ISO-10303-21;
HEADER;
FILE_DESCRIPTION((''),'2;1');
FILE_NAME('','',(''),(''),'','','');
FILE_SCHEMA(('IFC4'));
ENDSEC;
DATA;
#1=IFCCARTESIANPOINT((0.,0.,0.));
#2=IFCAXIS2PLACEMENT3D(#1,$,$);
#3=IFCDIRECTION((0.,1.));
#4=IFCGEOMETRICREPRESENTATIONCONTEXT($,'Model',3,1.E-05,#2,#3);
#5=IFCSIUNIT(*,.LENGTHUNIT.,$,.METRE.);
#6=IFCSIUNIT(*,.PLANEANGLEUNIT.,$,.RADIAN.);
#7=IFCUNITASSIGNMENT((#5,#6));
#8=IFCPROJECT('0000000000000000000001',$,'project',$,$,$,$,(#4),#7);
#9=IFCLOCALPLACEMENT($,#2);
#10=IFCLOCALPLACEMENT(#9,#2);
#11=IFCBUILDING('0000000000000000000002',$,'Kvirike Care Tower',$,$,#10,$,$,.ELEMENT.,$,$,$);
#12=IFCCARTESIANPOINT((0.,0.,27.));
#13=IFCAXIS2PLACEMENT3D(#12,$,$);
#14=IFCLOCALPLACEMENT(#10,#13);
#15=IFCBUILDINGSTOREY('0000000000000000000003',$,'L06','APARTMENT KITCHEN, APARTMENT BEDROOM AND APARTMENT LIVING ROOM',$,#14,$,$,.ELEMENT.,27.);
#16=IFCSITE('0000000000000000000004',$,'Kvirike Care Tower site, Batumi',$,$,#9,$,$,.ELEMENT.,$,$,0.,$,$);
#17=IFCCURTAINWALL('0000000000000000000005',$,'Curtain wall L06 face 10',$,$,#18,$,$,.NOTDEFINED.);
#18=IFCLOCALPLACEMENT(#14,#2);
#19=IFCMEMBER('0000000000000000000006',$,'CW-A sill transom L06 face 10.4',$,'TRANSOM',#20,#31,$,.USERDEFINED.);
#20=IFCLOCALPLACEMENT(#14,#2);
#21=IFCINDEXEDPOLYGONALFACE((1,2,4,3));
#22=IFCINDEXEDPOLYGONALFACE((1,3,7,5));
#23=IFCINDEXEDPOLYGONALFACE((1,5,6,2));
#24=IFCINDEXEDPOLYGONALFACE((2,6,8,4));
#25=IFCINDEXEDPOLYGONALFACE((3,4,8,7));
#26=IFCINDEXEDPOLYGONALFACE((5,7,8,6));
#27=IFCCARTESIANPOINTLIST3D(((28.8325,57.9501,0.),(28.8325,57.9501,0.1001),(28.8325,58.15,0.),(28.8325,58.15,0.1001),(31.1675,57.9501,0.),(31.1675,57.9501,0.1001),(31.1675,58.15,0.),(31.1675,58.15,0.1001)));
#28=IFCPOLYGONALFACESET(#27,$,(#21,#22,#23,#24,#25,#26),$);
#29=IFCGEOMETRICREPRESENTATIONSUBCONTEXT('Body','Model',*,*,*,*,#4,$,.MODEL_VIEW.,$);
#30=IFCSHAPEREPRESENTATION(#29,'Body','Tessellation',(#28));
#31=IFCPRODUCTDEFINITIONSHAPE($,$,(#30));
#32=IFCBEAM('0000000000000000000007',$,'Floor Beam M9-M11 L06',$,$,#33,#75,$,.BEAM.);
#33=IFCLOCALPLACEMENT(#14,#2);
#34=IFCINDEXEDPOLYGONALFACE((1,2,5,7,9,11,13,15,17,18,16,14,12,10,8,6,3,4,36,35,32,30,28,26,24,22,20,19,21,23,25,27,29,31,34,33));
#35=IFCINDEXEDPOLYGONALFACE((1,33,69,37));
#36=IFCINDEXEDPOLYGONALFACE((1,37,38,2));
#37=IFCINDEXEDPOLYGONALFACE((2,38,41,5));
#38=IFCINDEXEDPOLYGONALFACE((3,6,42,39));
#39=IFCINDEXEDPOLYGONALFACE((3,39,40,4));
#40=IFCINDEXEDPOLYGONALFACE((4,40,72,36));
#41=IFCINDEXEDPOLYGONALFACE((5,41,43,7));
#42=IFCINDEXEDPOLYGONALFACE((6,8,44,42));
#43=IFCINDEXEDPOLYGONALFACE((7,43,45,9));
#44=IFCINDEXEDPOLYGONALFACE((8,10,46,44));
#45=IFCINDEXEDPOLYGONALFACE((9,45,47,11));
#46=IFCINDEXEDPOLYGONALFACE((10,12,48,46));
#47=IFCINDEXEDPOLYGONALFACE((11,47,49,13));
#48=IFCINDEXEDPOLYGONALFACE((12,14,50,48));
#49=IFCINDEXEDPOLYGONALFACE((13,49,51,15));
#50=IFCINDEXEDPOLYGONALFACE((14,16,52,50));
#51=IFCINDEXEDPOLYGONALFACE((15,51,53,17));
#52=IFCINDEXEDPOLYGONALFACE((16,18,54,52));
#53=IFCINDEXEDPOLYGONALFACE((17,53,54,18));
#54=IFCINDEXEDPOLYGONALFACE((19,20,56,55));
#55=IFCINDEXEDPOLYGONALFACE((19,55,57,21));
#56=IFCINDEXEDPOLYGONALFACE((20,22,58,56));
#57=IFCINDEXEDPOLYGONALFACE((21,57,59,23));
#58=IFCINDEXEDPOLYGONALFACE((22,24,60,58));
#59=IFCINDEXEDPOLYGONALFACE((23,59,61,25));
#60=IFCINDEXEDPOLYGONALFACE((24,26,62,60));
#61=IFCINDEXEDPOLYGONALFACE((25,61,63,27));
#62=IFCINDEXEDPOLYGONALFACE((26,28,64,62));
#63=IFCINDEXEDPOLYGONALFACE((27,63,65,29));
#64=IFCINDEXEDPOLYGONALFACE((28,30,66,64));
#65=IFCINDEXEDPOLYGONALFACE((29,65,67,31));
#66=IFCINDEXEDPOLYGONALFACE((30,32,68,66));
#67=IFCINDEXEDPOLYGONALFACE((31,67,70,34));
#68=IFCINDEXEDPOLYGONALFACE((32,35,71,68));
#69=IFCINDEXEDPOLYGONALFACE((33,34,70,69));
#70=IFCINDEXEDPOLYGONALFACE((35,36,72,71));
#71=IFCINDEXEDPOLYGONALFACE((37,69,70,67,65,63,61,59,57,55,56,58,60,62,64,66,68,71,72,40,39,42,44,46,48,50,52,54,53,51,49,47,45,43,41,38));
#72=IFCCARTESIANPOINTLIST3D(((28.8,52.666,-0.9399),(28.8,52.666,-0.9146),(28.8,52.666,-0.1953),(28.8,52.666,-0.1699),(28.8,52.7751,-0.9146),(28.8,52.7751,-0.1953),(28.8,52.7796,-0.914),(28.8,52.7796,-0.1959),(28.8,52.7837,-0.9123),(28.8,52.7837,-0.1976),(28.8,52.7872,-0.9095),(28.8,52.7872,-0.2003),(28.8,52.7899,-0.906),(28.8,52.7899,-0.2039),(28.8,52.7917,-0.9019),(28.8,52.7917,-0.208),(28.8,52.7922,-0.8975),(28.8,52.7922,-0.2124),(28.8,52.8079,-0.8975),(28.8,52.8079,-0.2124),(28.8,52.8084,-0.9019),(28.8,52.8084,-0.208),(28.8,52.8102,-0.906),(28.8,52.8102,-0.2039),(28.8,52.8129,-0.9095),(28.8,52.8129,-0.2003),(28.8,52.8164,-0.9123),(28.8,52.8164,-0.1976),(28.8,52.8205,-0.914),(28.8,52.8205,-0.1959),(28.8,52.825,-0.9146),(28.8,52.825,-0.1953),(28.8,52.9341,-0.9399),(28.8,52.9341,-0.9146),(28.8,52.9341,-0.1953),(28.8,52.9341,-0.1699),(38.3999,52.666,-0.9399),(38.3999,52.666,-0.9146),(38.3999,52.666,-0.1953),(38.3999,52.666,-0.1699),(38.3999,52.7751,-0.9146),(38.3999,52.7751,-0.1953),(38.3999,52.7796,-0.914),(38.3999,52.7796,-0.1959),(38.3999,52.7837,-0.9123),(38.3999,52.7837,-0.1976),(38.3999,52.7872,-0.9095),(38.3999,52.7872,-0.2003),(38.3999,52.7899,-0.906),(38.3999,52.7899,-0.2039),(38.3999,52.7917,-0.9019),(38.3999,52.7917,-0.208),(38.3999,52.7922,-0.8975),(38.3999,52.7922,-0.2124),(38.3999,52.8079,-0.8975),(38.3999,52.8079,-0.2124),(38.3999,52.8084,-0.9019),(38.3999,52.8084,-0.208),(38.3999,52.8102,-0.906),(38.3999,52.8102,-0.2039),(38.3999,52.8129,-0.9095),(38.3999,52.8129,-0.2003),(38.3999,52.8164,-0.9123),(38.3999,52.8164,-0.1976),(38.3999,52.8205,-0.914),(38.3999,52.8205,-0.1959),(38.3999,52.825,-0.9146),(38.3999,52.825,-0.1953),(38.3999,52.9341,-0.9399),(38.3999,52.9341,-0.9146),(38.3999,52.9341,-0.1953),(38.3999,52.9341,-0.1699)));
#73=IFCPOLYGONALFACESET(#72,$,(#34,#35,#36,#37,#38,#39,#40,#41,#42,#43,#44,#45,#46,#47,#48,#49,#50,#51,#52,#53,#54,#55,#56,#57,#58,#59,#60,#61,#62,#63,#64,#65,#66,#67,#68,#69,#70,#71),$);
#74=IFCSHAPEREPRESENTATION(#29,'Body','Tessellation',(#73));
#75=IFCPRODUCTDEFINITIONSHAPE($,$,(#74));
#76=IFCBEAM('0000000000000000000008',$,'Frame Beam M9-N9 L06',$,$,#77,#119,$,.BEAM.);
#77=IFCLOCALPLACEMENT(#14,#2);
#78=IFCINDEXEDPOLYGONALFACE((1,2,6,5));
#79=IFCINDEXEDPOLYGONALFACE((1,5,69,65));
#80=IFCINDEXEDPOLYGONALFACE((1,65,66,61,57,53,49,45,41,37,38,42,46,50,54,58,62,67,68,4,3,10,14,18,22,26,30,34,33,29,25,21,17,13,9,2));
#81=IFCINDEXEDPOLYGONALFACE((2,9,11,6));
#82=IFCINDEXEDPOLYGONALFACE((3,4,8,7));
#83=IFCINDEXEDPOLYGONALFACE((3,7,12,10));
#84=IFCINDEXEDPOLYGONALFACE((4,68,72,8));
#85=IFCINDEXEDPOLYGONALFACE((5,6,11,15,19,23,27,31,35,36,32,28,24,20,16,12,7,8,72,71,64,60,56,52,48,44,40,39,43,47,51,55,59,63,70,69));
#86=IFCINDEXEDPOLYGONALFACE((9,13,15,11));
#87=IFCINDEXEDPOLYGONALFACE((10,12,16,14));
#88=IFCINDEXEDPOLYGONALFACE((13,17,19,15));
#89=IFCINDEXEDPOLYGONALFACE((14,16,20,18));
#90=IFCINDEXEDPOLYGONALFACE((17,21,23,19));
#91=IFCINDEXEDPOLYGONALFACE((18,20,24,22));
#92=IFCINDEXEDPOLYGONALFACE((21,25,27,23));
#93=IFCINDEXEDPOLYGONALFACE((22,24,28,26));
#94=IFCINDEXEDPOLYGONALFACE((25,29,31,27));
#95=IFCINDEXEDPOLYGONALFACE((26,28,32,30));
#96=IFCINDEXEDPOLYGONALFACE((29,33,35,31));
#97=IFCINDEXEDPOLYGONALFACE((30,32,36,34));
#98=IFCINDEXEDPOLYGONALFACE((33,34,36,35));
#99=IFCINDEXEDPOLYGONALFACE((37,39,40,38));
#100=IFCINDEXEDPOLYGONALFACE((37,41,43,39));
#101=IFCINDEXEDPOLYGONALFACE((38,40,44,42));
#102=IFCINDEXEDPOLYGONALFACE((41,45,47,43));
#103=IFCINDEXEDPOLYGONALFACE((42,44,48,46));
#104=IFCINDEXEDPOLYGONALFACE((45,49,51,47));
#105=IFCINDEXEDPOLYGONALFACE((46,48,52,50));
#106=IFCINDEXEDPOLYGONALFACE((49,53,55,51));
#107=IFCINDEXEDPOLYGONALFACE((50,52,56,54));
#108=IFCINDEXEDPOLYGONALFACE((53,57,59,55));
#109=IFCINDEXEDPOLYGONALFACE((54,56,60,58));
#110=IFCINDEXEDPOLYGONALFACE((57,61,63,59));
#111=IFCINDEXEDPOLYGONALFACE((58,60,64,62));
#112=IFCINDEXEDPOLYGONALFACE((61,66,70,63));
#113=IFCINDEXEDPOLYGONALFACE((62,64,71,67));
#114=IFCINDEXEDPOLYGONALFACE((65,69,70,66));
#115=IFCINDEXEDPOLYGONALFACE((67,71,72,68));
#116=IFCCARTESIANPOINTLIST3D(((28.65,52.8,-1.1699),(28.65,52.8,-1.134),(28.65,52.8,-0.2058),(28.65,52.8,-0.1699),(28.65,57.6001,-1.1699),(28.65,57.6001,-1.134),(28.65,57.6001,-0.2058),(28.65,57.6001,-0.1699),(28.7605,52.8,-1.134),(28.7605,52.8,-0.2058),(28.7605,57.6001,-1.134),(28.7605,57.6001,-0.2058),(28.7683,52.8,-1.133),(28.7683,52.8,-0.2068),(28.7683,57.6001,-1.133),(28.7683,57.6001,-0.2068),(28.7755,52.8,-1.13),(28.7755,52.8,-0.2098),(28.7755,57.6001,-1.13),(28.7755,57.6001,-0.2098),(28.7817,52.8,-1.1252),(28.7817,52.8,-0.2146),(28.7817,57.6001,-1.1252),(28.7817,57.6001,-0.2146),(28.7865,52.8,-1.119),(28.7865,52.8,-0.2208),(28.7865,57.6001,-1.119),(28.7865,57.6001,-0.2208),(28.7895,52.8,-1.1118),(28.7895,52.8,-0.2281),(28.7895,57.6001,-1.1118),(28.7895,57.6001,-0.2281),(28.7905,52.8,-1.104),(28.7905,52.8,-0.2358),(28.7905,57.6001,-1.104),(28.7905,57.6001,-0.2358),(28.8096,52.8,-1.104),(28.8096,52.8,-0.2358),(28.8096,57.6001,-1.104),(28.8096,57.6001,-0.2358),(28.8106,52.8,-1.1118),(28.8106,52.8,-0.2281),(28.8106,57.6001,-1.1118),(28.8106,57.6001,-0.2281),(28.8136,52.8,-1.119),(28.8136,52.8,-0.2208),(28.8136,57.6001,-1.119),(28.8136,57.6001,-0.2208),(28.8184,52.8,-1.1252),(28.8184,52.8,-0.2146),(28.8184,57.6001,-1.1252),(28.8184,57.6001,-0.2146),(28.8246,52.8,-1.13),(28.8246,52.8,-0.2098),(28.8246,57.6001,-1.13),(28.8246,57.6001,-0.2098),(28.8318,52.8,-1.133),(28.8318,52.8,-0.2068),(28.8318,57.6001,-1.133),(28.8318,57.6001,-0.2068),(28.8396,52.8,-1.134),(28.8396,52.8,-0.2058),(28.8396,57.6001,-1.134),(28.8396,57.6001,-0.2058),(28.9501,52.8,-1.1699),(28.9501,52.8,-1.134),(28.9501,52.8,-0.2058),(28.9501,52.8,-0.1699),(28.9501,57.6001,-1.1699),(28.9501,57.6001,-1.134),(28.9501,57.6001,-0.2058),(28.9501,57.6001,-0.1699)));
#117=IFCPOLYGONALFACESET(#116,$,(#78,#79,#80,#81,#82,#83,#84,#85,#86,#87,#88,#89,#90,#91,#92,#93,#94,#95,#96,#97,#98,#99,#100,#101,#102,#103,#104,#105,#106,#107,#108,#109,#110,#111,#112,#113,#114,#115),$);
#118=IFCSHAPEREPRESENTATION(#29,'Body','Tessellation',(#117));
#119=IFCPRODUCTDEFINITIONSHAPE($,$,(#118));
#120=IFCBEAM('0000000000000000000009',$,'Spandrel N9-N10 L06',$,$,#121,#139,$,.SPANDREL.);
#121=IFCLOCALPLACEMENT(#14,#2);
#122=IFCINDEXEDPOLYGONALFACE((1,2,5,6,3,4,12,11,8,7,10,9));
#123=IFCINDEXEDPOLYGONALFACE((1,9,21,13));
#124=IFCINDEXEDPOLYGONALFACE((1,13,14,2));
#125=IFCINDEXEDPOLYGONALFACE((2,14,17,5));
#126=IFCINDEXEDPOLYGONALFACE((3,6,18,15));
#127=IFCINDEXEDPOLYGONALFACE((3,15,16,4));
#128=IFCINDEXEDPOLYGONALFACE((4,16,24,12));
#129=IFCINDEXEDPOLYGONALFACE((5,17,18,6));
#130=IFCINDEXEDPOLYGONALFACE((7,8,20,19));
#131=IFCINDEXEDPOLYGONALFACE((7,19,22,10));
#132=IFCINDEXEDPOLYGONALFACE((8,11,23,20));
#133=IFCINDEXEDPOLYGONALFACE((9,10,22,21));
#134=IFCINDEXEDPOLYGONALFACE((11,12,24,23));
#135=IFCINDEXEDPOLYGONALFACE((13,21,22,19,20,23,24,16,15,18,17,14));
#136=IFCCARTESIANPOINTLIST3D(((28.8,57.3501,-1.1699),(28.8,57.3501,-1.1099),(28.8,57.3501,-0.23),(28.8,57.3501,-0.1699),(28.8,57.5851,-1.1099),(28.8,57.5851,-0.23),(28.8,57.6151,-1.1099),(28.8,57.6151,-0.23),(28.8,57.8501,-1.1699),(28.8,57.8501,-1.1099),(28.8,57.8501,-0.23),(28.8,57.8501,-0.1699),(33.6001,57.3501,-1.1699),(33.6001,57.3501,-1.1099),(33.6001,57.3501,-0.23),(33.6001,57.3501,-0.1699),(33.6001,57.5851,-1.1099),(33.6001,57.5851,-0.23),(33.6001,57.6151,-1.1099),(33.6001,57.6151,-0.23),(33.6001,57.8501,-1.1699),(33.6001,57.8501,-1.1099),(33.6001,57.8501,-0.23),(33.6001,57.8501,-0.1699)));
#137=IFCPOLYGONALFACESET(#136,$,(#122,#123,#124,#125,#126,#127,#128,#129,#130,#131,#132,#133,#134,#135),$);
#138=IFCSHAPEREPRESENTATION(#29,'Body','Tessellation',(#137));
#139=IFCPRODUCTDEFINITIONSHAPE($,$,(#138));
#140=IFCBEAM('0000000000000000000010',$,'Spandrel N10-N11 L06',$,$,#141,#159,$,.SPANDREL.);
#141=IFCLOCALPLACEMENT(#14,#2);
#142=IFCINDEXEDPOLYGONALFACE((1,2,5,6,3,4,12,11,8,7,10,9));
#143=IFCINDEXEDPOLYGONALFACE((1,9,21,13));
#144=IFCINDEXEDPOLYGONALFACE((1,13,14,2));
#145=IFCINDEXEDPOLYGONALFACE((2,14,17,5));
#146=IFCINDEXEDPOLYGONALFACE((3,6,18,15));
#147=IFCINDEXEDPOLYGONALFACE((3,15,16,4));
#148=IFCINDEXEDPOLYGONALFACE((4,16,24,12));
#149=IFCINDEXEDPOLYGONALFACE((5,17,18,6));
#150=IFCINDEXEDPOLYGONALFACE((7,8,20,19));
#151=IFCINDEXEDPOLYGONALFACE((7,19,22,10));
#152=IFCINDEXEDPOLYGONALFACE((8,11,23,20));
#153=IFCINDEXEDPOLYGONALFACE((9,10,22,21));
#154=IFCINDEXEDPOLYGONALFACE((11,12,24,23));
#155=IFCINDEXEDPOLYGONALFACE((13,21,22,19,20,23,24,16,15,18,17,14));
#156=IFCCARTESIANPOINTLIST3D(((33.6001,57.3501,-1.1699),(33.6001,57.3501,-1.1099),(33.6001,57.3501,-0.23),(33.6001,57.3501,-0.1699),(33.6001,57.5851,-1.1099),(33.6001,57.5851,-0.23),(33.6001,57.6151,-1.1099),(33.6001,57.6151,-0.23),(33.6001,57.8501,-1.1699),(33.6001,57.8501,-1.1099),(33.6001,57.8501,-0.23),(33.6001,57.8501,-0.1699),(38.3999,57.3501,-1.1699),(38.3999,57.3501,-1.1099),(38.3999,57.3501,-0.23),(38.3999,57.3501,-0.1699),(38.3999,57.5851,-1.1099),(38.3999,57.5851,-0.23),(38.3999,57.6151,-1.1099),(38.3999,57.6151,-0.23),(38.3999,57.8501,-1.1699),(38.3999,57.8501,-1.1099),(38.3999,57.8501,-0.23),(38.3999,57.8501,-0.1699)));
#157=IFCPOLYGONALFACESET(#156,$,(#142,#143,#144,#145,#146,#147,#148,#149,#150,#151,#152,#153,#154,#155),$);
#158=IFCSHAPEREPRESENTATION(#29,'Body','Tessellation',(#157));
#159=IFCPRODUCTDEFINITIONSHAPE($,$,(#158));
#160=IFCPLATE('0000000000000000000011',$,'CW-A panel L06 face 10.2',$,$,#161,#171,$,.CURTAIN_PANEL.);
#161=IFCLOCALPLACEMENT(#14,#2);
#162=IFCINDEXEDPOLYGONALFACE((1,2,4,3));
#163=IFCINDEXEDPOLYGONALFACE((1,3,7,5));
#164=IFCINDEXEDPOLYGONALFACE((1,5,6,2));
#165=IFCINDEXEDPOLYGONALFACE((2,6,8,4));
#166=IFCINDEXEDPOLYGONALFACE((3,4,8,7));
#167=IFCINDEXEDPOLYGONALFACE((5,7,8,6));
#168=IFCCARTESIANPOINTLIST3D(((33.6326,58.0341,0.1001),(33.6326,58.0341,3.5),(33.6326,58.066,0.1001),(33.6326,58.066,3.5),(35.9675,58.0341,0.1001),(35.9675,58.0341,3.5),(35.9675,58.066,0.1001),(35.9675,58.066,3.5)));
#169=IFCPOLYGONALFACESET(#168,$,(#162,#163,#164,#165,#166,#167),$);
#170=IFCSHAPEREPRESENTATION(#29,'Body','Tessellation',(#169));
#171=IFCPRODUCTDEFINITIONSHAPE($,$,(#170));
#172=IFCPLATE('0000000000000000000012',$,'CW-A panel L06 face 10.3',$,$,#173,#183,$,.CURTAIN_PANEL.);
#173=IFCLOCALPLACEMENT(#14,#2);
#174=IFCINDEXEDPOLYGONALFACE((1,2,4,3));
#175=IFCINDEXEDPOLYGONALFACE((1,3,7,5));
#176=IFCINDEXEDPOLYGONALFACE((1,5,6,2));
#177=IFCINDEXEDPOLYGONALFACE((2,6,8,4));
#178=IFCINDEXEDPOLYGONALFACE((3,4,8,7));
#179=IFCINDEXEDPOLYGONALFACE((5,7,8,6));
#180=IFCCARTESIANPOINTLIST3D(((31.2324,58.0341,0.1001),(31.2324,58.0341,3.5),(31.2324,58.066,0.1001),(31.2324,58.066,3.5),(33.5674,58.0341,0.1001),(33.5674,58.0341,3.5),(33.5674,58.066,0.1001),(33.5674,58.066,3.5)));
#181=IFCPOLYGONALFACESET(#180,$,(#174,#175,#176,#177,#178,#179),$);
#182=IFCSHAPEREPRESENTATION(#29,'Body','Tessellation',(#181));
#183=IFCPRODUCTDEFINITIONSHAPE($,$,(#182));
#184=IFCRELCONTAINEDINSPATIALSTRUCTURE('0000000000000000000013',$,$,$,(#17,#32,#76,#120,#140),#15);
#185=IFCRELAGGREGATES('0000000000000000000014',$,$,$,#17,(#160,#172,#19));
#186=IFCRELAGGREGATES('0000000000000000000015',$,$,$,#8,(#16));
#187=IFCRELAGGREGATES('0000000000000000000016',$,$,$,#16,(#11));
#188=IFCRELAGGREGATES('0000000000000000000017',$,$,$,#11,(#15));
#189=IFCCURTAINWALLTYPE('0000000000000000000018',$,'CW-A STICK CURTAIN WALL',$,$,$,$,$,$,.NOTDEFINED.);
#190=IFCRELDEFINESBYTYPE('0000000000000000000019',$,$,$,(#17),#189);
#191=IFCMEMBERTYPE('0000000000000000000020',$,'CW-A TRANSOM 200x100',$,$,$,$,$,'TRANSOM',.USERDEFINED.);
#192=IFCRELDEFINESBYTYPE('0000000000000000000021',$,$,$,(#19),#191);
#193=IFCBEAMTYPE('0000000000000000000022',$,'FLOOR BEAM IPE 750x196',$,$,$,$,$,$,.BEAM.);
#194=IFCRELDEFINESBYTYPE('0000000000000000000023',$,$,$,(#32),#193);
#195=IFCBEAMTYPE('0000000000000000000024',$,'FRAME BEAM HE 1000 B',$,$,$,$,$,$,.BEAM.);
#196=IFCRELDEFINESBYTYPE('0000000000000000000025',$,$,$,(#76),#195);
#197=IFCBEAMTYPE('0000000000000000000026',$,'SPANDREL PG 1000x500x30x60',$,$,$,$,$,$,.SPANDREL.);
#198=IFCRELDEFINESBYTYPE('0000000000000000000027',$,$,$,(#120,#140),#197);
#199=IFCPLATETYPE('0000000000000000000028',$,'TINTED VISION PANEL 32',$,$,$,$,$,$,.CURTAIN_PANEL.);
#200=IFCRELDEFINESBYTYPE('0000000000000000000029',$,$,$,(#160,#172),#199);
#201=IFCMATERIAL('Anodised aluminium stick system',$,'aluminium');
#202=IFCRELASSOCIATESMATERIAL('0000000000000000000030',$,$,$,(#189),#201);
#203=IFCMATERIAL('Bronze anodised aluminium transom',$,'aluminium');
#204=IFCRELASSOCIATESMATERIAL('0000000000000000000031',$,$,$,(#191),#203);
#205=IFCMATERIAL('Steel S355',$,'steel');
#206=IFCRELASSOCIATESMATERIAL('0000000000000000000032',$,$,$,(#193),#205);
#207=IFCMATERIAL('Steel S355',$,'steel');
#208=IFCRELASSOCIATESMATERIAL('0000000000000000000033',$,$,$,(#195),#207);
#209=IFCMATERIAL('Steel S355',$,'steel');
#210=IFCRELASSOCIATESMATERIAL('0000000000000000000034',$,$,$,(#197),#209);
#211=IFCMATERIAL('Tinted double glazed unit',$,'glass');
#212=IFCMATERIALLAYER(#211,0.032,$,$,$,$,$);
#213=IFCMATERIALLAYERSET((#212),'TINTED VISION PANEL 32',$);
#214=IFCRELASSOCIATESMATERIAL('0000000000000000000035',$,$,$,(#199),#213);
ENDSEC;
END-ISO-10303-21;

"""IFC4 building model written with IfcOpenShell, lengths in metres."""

from ifc_helpers import new_model, si_unit, direction, frame, origin, origin_2d, place, context, subcontext, project, spatial, rectangle, i_section, extrude, material, layer, layer_set, material_profile, profile_set, type_object, element, aggregate, save


model = new_model("IFC4")

# Units and contexts
model_context = context("Model", 3, precision=1e-05, world=origin(), true_north=direction((0.0, 1.0)))
body_context = subcontext(model_context, "Body", "Model", "MODEL_VIEW")
ifc_project = project(units=[si_unit("LENGTHUNIT", "METRE"), si_unit("PLANEANGLEUNIT", "RADIAN")], contexts=[model_context])

# Site, building, storey
site_placement = place(None, origin())
site = spatial("IfcSite", under=ifc_project, at=site_placement, Name="Kvirike Care Tower site, Batumi", CompositionType="ELEMENT", RefElevation=0.0)
building_placement = place(site_placement, origin())
building = spatial("IfcBuilding", under=site, at=building_placement, Name="Kvirike Care Tower", CompositionType="ELEMENT")
storey_placement = place(building_placement, frame((0.0, 0.0, 27.0)))
storey = spatial("IfcBuildingStorey", under=building, at=storey_placement, Name="L06", Description="APARTMENT KITCHEN, APARTMENT BEDROOM AND APARTMENT LIVING ROOM", CompositionType="ELEMENT", Elevation=27.0)

# Curtain wall, member
ifc_material_1 = material(Name="Anodised aluminium stick system", Category="aluminium")
curtain_wall_type = type_object("IfcCurtainWallType", Name="CW-A STICK CURTAIN WALL", PredefinedType="NOTDEFINED", material=ifc_material_1)
curtain_wall_placement = place(storey_placement, origin())
curtain_wall = element("IfcCurtainWall", 1, at=curtain_wall_placement, inside=storey, type_object=curtain_wall_type, Name="Curtain wall L06 face 10", PredefinedType="NOTDEFINED")
ifc_material_2 = material(Name="Bronze anodised aluminium transom", Category="aluminium")
ifc_material_profile_1 = material_profile(ifc_material_2, rectangle(XDim=0.2, YDim=0.1001, at=origin_2d()), Name="CW-A TRANSOM 200x100")
ifc_profile_set_1 = profile_set([ifc_material_profile_1], Name="Bronze anodised aluminium transom")
member_type_1 = type_object("IfcMemberType", Name="CW-A TRANSOM 200x100", ElementType="TRANSOM", PredefinedType="USERDEFINED", material=ifc_profile_set_1)
member_1_placement = place(storey_placement, frame((31.1675, 58.05, 0.05), z_axis=(-1.0, 0.0, 0.0), x_axis=(0.0, -1.0, 0.0)))
member_1 = element("IfcMember", 2, at=member_1_placement, type_object=member_type_1, Name="CW-A sill transom L06 face 10.4", ObjectType="TRANSOM", PredefinedType="USERDEFINED", context=body_context, shape_type="SweptSolid", body=[
    extrude(rectangle(XDim=0.2, YDim=0.1001, at=origin_2d()), origin(), (0.0, 0.0, 1.0), 2.335),
])

# Beams
ifc_material_3 = material(Name="Steel S355", Category="steel")
ifc_material_profile_2 = material_profile(ifc_material_3, i_section(OverallWidth=0.2681, OverallDepth=0.77, WebThickness=0.0156, FlangeThickness=0.0254, FilletRadius=0.0171, at=origin_2d()), Name="IPE 750x196")
ifc_profile_set_2 = profile_set([ifc_material_profile_2], Name="Steel S355")
beam_type_1 = type_object("IfcBeamType", Name="FLOOR BEAM IPE 750x196", PredefinedType="BEAM", material=ifc_profile_set_2)
beam_1_placement = place(storey_placement, frame((28.8, 52.8, -0.5549), z_axis=(1.0, 0.0, 0.0), x_axis=(0.0, 1.0, 0.0)))
element("IfcBeam", 3, at=beam_1_placement, inside=storey, type_object=beam_type_1, Name="Floor Beam M9-M11 L06", PredefinedType="BEAM", context=body_context, shape_type="SweptSolid", body=[
    extrude(i_section(OverallWidth=0.2681, OverallDepth=0.77, WebThickness=0.0156, FlangeThickness=0.0254, FilletRadius=0.0171, at=origin_2d()), origin(), (0.0, 0.0, 1.0), 9.5999),
])
ifc_material_4 = material(Name="Steel S355", Category="steel")
ifc_material_profile_3 = material_profile(ifc_material_4, i_section(OverallWidth=0.3, OverallDepth=1.0, WebThickness=0.019, FlangeThickness=0.0359, FilletRadius=0.03, at=origin_2d()), Name="HE 1000 B")
ifc_profile_set_3 = profile_set([ifc_material_profile_3], Name="Steel S355")
beam_type_2 = type_object("IfcBeamType", Name="FRAME BEAM HE 1000 B", PredefinedType="BEAM", material=ifc_profile_set_3)
beam_2_placement = place(storey_placement, frame((28.8, 52.8, -0.6699), z_axis=(0.0, 1.0, 0.0), x_axis=(-1.0, 0.0, 0.0)))
element("IfcBeam", 4, at=beam_2_placement, inside=storey, type_object=beam_type_2, Name="Frame Beam M9-N9 L06", PredefinedType="BEAM", context=body_context, shape_type="SweptSolid", body=[
    extrude(i_section(OverallWidth=0.3, OverallDepth=1.0, WebThickness=0.019, FlangeThickness=0.0359, FilletRadius=0.03, at=origin_2d()), origin(), (0.0, 0.0, 1.0), 4.8),
])
ifc_material_5 = material(Name="Steel S355", Category="steel")
ifc_material_profile_4 = material_profile(ifc_material_5, i_section(OverallWidth=0.5, OverallDepth=1.0, WebThickness=0.03, FlangeThickness=0.0601, at=origin_2d()), Name="PG 1000x500x30x60")
ifc_profile_set_4 = profile_set([ifc_material_profile_4], Name="Steel S355")
beam_type_3 = type_object("IfcBeamType", Name="SPANDREL PG 1000x500x30x60", PredefinedType="SPANDREL", material=ifc_profile_set_4)
beam_3_placement = place(storey_placement, frame((28.8, 57.6001, -0.6699), z_axis=(1.0, 0.0, 0.0), x_axis=(0.0, 1.0, 0.0)))
element("IfcBeam", 5, at=beam_3_placement, inside=storey, type_object=beam_type_3, Name="Spandrel N9-N10 L06", PredefinedType="SPANDREL", context=body_context, shape_type="SweptSolid", body=[
    extrude(i_section(OverallWidth=0.5, OverallDepth=1.0, WebThickness=0.03, FlangeThickness=0.0601, at=origin_2d()), origin(), (0.0, 0.0, 1.0), 4.8),
])
beam_4_placement = place(storey_placement, frame((33.6001, 57.6001, -0.6699), z_axis=(1.0, 0.0, 0.0), x_axis=(0.0, 1.0, 0.0)))
element("IfcBeam", 6, at=beam_4_placement, inside=storey, type_object=beam_type_3, Name="Spandrel N10-N11 L06", PredefinedType="SPANDREL", context=body_context, shape_type="SweptSolid", body=[
    extrude(i_section(OverallWidth=0.5, OverallDepth=1.0, WebThickness=0.03, FlangeThickness=0.0601, at=origin_2d()), origin(), (0.0, 0.0, 1.0), 4.7998),
])

# Plates
ifc_material_6 = material(Name="Tinted double glazed unit", Category="glass")
ifc_layer_1 = layer(ifc_material_6, 0.032)
ifc_layer_set_1 = layer_set([ifc_layer_1], Name="TINTED VISION PANEL 32")
plate_type = type_object("IfcPlateType", Name="TINTED VISION PANEL 32", PredefinedType="CURTAIN_PANEL", material=ifc_layer_set_1)
plate_1_placement = place(storey_placement, frame((34.8, 58.05, 0.1001), z_axis=(0.0, 0.0, 1.0), x_axis=(-1.0, 0.0, 0.0)))
plate_1 = element("IfcPlate", 7, at=plate_1_placement, type_object=plate_type, Name="CW-A panel L06 face 10.2", PredefinedType="CURTAIN_PANEL", context=body_context, shape_type="SweptSolid", body=[
    extrude(rectangle(XDim=2.335, YDim=0.032, at=origin_2d()), origin(), (0.0, 0.0, 1.0), 3.3999),
])
plate_2_placement = place(storey_placement, frame((32.3999, 58.05, 0.1001), z_axis=(0.0, 0.0, 1.0), x_axis=(-1.0, 0.0, 0.0)))
plate_2 = element("IfcPlate", 8, at=plate_2_placement, type_object=plate_type, Name="CW-A panel L06 face 10.3", PredefinedType="CURTAIN_PANEL", context=body_context, shape_type="SweptSolid", body=[
    extrude(rectangle(XDim=2.335, YDim=0.032, at=origin_2d()), origin(), (0.0, 0.0, 1.0), 3.3999),
])
aggregate(curtain_wall, [plate_1, plate_2, member_1])

save(model, "model.ifc")
